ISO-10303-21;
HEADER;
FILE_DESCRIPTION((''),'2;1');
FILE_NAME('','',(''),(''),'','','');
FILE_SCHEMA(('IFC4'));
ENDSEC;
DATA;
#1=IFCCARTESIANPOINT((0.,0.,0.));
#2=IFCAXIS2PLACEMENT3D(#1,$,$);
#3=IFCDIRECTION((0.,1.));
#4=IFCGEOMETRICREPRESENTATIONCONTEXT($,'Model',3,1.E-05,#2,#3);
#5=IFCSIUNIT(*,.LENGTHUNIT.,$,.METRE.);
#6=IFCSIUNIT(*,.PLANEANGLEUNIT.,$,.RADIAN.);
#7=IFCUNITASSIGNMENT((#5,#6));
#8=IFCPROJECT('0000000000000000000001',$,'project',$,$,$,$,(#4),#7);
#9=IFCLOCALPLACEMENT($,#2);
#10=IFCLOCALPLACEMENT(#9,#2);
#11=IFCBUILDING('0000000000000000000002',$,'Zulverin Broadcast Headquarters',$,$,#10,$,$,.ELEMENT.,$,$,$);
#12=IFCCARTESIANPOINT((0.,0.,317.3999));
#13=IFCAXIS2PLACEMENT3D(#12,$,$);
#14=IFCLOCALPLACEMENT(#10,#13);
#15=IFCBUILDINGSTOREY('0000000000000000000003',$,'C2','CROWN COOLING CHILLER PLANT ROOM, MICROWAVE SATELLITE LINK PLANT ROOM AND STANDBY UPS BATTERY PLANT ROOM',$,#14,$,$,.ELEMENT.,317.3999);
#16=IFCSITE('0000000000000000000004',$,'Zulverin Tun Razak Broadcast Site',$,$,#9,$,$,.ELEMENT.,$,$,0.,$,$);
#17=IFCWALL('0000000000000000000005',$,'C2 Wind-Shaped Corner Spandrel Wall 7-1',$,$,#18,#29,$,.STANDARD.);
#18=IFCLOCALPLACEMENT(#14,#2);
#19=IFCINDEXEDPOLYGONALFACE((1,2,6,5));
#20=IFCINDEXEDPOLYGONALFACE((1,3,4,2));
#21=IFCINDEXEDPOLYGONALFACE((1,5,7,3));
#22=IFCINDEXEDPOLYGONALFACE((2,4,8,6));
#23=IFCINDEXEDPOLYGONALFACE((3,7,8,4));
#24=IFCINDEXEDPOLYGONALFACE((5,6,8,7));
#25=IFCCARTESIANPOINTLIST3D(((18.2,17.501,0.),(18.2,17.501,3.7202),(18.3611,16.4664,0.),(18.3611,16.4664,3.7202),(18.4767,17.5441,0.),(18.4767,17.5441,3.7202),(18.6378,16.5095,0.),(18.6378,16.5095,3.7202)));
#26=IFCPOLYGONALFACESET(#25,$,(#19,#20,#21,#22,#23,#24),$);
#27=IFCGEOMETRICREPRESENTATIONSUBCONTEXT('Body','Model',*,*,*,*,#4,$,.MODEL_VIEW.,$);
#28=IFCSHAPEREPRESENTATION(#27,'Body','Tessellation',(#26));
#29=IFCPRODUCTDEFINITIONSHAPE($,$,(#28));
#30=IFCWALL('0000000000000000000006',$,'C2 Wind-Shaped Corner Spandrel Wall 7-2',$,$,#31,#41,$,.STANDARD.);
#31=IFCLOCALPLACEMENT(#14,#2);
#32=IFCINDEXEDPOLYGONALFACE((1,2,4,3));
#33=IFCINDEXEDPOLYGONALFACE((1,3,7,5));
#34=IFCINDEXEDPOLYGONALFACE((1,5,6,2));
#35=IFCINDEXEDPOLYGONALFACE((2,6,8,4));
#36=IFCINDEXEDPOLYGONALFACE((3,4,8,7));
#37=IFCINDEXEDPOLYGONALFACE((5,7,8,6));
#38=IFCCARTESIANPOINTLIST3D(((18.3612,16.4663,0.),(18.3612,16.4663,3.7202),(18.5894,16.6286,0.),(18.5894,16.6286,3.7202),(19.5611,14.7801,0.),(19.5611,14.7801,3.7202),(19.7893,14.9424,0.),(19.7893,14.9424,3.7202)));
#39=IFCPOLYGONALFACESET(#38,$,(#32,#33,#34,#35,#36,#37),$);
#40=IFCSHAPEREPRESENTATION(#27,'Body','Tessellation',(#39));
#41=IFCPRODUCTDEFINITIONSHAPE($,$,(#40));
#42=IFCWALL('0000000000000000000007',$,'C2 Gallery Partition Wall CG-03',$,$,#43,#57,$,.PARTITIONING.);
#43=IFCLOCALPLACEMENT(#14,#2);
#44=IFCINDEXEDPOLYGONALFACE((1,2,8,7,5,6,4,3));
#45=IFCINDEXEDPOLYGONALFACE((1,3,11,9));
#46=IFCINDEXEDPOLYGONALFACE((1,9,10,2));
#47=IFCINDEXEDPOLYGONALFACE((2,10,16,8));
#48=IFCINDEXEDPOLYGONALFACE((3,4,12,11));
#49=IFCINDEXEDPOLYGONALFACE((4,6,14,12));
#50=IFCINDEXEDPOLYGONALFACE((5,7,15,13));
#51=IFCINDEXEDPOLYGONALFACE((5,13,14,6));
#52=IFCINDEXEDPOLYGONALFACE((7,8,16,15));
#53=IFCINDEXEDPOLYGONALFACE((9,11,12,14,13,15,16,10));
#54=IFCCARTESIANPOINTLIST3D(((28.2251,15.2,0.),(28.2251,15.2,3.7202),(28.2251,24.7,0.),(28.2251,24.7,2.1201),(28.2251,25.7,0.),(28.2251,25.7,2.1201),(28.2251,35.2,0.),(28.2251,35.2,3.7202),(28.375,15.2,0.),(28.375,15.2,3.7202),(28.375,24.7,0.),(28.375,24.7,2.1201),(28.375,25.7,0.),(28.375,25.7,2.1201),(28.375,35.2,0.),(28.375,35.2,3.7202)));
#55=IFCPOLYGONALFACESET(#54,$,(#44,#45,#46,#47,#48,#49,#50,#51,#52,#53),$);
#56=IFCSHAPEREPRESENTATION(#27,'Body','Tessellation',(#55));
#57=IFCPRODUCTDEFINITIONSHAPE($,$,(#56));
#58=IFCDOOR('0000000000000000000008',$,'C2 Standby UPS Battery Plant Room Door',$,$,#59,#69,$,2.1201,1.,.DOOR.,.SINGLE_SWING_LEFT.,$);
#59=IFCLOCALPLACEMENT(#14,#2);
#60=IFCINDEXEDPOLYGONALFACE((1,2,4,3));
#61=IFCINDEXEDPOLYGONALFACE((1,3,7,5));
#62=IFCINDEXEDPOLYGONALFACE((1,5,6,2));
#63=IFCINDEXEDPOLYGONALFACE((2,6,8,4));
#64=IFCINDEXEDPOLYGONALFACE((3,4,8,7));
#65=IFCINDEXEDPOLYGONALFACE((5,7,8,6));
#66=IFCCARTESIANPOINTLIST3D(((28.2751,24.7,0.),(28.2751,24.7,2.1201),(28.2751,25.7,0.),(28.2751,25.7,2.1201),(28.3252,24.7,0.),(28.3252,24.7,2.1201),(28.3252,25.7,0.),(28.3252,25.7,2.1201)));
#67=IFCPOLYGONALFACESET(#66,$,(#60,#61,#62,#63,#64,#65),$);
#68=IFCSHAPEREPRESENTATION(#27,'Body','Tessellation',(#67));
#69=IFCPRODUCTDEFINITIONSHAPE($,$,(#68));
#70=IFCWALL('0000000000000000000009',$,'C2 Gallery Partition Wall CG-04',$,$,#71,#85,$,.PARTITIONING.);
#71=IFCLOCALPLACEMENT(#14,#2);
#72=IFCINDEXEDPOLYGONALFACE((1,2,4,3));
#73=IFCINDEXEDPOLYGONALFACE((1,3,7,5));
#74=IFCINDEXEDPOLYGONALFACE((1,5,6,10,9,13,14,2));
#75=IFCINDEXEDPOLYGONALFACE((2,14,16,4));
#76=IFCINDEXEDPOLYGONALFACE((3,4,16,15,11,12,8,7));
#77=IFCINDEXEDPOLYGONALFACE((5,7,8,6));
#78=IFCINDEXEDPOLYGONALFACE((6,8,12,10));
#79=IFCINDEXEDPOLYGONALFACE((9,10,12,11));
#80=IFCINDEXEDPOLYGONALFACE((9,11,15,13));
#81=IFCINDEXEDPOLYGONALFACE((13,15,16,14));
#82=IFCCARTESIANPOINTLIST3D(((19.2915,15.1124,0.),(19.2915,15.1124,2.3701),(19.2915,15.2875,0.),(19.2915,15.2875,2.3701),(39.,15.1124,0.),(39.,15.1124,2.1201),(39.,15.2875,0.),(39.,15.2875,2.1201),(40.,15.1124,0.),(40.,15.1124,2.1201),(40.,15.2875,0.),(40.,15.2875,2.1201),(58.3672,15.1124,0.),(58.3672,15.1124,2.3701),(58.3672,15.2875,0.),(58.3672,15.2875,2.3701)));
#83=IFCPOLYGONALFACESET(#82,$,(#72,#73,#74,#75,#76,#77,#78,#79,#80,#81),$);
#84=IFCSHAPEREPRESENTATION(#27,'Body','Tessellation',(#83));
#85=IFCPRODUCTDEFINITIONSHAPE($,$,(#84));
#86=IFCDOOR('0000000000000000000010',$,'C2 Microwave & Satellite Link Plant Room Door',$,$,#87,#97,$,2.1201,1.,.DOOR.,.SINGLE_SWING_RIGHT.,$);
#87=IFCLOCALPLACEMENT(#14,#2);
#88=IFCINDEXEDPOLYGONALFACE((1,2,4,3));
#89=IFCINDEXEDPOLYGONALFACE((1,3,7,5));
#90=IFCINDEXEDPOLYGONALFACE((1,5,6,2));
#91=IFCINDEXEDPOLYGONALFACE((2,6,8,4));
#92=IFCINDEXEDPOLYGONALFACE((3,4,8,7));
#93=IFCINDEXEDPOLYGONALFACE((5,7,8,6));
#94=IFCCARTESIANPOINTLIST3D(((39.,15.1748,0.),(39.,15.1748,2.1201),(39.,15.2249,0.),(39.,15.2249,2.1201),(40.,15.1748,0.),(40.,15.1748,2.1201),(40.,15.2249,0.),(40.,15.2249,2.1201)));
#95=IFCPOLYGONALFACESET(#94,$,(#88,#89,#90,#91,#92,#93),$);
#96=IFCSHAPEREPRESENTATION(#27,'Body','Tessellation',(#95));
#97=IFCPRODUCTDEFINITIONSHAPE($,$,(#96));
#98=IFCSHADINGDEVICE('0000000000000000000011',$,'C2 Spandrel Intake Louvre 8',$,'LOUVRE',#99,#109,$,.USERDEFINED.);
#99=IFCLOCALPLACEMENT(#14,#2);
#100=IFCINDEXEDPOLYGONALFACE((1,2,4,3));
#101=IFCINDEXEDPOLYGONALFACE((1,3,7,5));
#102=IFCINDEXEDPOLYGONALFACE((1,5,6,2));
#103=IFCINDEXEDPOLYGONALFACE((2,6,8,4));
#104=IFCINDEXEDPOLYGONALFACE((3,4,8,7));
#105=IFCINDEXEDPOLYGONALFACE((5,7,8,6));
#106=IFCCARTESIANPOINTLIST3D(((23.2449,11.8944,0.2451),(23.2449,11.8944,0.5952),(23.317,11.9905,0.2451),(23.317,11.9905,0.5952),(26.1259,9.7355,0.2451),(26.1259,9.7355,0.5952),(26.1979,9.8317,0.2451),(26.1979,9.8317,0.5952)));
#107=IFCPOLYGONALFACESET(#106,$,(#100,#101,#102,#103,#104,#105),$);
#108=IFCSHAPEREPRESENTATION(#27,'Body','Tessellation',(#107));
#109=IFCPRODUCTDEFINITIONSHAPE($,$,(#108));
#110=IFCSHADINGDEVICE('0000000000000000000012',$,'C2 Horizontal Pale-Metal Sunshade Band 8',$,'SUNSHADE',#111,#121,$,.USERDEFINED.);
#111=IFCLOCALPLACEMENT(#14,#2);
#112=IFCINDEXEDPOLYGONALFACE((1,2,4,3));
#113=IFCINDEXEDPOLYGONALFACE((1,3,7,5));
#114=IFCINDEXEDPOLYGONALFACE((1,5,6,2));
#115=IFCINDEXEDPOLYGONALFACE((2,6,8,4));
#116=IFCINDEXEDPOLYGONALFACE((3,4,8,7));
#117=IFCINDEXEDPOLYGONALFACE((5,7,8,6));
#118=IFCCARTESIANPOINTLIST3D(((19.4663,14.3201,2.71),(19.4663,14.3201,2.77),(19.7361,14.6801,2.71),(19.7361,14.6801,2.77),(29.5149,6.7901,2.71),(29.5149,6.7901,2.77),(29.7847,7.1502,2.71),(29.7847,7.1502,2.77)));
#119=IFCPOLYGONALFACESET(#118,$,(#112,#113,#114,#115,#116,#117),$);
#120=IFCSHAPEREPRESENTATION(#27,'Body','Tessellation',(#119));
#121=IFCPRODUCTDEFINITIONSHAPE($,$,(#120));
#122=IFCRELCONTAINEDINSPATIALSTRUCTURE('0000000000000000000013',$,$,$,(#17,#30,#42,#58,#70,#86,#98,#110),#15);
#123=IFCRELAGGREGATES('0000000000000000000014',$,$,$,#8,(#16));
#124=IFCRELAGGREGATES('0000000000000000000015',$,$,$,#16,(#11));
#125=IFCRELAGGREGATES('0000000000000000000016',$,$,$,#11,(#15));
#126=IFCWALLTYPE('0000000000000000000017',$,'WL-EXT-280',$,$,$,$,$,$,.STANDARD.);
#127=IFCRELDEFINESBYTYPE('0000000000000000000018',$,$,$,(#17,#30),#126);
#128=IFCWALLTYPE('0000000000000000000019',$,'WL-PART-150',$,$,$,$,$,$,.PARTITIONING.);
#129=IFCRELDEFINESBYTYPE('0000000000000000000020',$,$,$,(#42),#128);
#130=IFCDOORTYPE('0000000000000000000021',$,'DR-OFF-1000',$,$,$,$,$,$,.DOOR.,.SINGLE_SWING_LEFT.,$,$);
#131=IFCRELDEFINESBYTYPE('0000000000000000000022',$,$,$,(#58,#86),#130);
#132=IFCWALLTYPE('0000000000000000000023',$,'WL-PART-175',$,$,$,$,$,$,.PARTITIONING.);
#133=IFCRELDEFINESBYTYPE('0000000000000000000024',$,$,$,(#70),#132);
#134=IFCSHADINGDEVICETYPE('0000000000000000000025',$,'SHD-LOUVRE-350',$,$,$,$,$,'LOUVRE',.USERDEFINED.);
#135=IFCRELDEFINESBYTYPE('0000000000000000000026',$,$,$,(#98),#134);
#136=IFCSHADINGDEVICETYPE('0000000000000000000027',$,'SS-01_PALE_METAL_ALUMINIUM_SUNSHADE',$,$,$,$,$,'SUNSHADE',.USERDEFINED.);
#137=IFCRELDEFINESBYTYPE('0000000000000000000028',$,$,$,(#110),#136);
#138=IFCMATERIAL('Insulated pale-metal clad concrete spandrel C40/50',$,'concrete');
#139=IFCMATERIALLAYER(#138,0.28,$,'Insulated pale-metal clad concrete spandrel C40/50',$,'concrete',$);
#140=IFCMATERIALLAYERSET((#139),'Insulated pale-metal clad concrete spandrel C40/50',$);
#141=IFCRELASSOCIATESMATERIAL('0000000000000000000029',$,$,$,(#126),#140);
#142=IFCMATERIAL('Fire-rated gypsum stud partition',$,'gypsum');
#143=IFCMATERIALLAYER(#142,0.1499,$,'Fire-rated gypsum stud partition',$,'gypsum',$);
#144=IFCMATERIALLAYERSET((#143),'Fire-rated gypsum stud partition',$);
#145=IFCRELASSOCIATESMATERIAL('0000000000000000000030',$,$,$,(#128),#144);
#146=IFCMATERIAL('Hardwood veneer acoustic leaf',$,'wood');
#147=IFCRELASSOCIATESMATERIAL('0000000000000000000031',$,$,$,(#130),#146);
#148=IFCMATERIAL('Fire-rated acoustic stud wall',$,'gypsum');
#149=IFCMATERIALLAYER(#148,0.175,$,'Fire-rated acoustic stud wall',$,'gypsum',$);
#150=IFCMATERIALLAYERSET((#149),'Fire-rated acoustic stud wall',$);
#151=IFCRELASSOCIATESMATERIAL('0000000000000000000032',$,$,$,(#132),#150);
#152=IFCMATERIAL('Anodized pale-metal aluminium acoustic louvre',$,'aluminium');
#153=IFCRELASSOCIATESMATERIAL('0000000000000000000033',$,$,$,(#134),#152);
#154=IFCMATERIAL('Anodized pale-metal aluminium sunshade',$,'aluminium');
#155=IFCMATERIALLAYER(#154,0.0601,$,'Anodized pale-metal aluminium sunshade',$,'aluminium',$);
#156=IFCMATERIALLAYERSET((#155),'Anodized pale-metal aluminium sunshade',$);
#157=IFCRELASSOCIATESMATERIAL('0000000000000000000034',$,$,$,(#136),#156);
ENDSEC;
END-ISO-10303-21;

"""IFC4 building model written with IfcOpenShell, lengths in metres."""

from ifc_helpers import new_model, si_unit, direction, frame, frame_2d, origin, origin_2d, place, context, subcontext, project, spatial, rectangle, extrude, material, layer, layer_set, type_object, element, fill, save


model = new_model("IFC4")

# Units and contexts
model_context = context("Model", 3, precision=1e-05, world=origin(), true_north=direction((0.0, 1.0)))
body_context = subcontext(model_context, "Body", "Model", "MODEL_VIEW")
ifc_project = project(units=[si_unit("LENGTHUNIT", "METRE"), si_unit("PLANEANGLEUNIT", "RADIAN")], contexts=[model_context])

# Site, building, storey
site_placement = place(None, origin())
site = spatial("IfcSite", under=ifc_project, at=site_placement, Name="Zulverin Tun Razak Broadcast Site", CompositionType="ELEMENT", RefElevation=0.0)
building_placement = place(site_placement, origin())
building = spatial("IfcBuilding", under=site, at=building_placement, Name="Zulverin Broadcast Headquarters", CompositionType="ELEMENT")
storey_placement = place(building_placement, frame((0.0, 0.0, 317.3999)))
storey = spatial("IfcBuildingStorey", under=building, at=storey_placement, Name="C2", Description="CROWN COOLING CHILLER PLANT ROOM, MICROWAVE SATELLITE LINK PLANT ROOM AND STANDBY UPS BATTERY PLANT ROOM", CompositionType="ELEMENT", Elevation=317.3999)

# Shared definitions
ifc_material_1 = material(Name="Insulated pale-metal clad concrete spandrel C40/50", Category="concrete")
ifc_layer_1 = layer(ifc_material_1, 0.28, Name="Insulated pale-metal clad concrete spandrel C40/50", Category="concrete")
ifc_layer_set_1 = layer_set([ifc_layer_1], Name="Insulated pale-metal clad concrete spandrel C40/50")
wall_type_1 = type_object("IfcWallType", Name="WL-EXT-280", PredefinedType="STANDARD", material=ifc_layer_set_1)

# Walls
wall_1_placement = place(storey_placement, frame((18.3384, 17.5225, 0.0), z_axis=(0.0, 0.0, 1.0), x_axis=(0.153879, -0.98809, 0.0)))
element("IfcWall", 1, at=wall_1_placement, inside=storey, type_object=wall_type_1, Name="C2 Wind-Shaped Corner Spandrel Wall 7-1", PredefinedType="STANDARD", context=body_context, shape_type="SweptSolid", body=[
    extrude(rectangle(XDim=1.0471, YDim=0.28, at=frame_2d((0.5234, 0.0))), origin(), (0.0, 0.0, 1.0), 3.7202),
])
wall_2_placement = place(storey_placement, frame((18.4753, 16.5474, 0.0), z_axis=(0.0, 0.0, 1.0), x_axis=(0.579787, -0.814768, 0.0)))
element("IfcWall", 2, at=wall_2_placement, inside=storey, type_object=wall_type_1, Name="C2 Wind-Shaped Corner Spandrel Wall 7-2", PredefinedType="STANDARD", context=body_context, shape_type="SweptSolid", body=[
    extrude(rectangle(XDim=2.0696, YDim=0.28, at=frame_2d((1.0347, 0.0))), origin(), (0.0, 0.0, 1.0), 3.7202),
])

# Walls, openings, doors
ifc_material_2 = material(Name="Fire-rated gypsum stud partition", Category="gypsum")
ifc_layer_2 = layer(ifc_material_2, 0.1499, Name="Fire-rated gypsum stud partition", Category="gypsum")
ifc_layer_set_2 = layer_set([ifc_layer_2], Name="Fire-rated gypsum stud partition")
wall_type_2 = type_object("IfcWallType", Name="WL-PART-150", PredefinedType="PARTITIONING", material=ifc_layer_set_2)
wall_3_placement = place(storey_placement, frame((28.3, 15.2, 0.0), z_axis=(0.0, 0.0, 1.0), x_axis=(0.0, 1.0, 0.0)))
wall_3 = element("IfcWall", 3, at=wall_3_placement, inside=storey, type_object=wall_type_2, Name="C2 Gallery Partition Wall CG-03", PredefinedType="PARTITIONING", context=body_context, shape_type="SweptSolid", body=[
    extrude(rectangle(XDim=20.0, YDim=0.1499, at=frame_2d((10.0, 0.0))), origin(), (0.0, 0.0, 1.0), 3.7202),
])
opening_1_placement = place(wall_3_placement, frame((9.5, 0.0, 0.0)))
opening_1 = element("IfcOpeningElement", 4, at=opening_1_placement, cuts=wall_3, PredefinedType="OPENING", context=body_context, shape_type="SweptSolid", body=[
    extrude(rectangle(XDim=1.0, YDim=2.1201, at=frame_2d((0.5, 1.0601))), frame((0.0, 0.085, 0.0), z_axis=(0.0, -1.0, 0.0), x_axis=(1.0, 0.0, 0.0)), (0.0, 0.0, 1.0), 0.1699),
])
ifc_material_3 = material(Name="Hardwood veneer acoustic leaf", Category="wood")
door_type = type_object("IfcDoorType", Name="DR-OFF-1000", OperationType="SINGLE_SWING_LEFT", PredefinedType="DOOR", material=ifc_material_3)
door_1_placement = place(opening_1_placement, origin())
door_1 = element("IfcDoor", 5, at=door_1_placement, inside=storey, type_object=door_type, Name="C2 Standby UPS Battery Plant Room Door", OperationType="SINGLE_SWING_LEFT", OverallHeight=2.1201, OverallWidth=1.0, PredefinedType="DOOR", context=body_context, shape_type="SweptSolid", body=[
    extrude(rectangle(XDim=1.0, YDim=2.1201, at=frame_2d((0.5, 1.0601))), frame((0.0, 0.0249, 0.0), z_axis=(0.0, -1.0, 0.0), x_axis=(1.0, 0.0, 0.0)), (0.0, 0.0, 1.0), 0.05),
])
fill(opening_1, door_1)
ifc_material_4 = material(Name="Fire-rated acoustic stud wall", Category="gypsum")
ifc_layer_3 = layer(ifc_material_4, 0.175, Name="Fire-rated acoustic stud wall", Category="gypsum")
ifc_layer_set_3 = layer_set([ifc_layer_3], Name="Fire-rated acoustic stud wall")
wall_type_3 = type_object("IfcWallType", Name="WL-PART-175", PredefinedType="PARTITIONING", material=ifc_layer_set_3)
wall_4_placement = place(storey_placement, frame((19.2915, 15.2, 0.0), z_axis=(0.0, 0.0, 1.0), x_axis=(1.0, 0.0, 0.0)))
wall_4 = element("IfcWall", 6, at=wall_4_placement, inside=storey, type_object=wall_type_3, Name="C2 Gallery Partition Wall CG-04", PredefinedType="PARTITIONING", context=body_context, shape_type="SweptSolid", body=[
    extrude(rectangle(XDim=39.0757, YDim=0.175, at=frame_2d((19.5378, 0.0))), origin(), (0.0, 0.0, 1.0), 2.3701),
])
opening_2_placement = place(wall_4_placement, frame((19.7085, 0.0, 0.0)))
opening_2 = element("IfcOpeningElement", 7, at=opening_2_placement, cuts=wall_4, PredefinedType="OPENING", context=body_context, shape_type="SweptSolid", body=[
    extrude(rectangle(XDim=1.0, YDim=2.1201, at=frame_2d((0.5, 1.0601))), frame((0.0, 0.0974, 0.0), z_axis=(0.0, -1.0, 0.0), x_axis=(1.0, 0.0, 0.0)), (0.0, 0.0, 1.0), 0.1951),
])
door_2_placement = place(opening_2_placement, origin())
door_2 = element("IfcDoor", 8, at=door_2_placement, inside=storey, type_object=door_type, Name="C2 Microwave & Satellite Link Plant Room Door", OperationType="SINGLE_SWING_RIGHT", OverallHeight=2.1201, OverallWidth=1.0, PredefinedType="DOOR", context=body_context, shape_type="SweptSolid", body=[
    extrude(rectangle(XDim=1.0, YDim=2.1201, at=frame_2d((0.5, 1.0601))), frame((0.0, 0.0249, 0.0), z_axis=(0.0, -1.0, 0.0), x_axis=(1.0, 0.0, 0.0)), (0.0, 0.0, 1.0), 0.05),
])
fill(opening_2, door_2)

# Shading devices
ifc_material_5 = material(Name="Anodized pale-metal aluminium acoustic louvre", Category="aluminium")
shading_device_type_1 = type_object("IfcShadingDeviceType", Name="SHD-LOUVRE-350", ElementType="LOUVRE", PredefinedType="USERDEFINED", material=ifc_material_5)
shading_device_1_placement = place(storey_placement, frame((24.7214, 10.863, 0.2451), z_axis=(0.0, 0.0, 1.0), x_axis=(0.800248, -0.599669, 0.0)))
element("IfcShadingDevice", 9, at=shading_device_1_placement, inside=storey, type_object=shading_device_type_1, Name="C2 Spandrel Intake Louvre 8", ObjectType="LOUVRE", PredefinedType="USERDEFINED", context=body_context, shape_type="SweptSolid", body=[
    extrude(rectangle(XDim=3.6001, YDim=0.1201, at=origin_2d()), origin(), (0.0, 0.0, 1.0), 0.3501),
])
ifc_material_6 = material(Name="Anodized pale-metal aluminium sunshade", Category="aluminium")
ifc_layer_4 = layer(ifc_material_6, 0.0601, Name="Anodized pale-metal aluminium sunshade", Category="aluminium")
ifc_layer_set_4 = layer_set([ifc_layer_4], Name="Anodized pale-metal aluminium sunshade")
shading_device_type_2 = type_object("IfcShadingDeviceType", Name="SS-01_PALE_METAL_ALUMINIUM_SUNSHADE", ElementType="SUNSHADE", PredefinedType="USERDEFINED", material=ifc_layer_set_4)
shading_device_2_placement = place(storey_placement, frame((24.6255, 10.7351, 2.71), z_axis=(0.0, 0.0, 1.0), x_axis=(0.800248, -0.599669, 0.0)))
element("IfcShadingDevice", 10, at=shading_device_2_placement, inside=storey, type_object=shading_device_type_2, Name="C2 Horizontal Pale-Metal Sunshade Band 8", ObjectType="SUNSHADE", PredefinedType="USERDEFINED", context=body_context, shape_type="SweptSolid", body=[
    extrude(rectangle(XDim=12.5569, YDim=0.45, at=origin_2d()), origin(), (0.0, 0.0, 1.0), 0.0601),
])

save(model, "model.ifc")
